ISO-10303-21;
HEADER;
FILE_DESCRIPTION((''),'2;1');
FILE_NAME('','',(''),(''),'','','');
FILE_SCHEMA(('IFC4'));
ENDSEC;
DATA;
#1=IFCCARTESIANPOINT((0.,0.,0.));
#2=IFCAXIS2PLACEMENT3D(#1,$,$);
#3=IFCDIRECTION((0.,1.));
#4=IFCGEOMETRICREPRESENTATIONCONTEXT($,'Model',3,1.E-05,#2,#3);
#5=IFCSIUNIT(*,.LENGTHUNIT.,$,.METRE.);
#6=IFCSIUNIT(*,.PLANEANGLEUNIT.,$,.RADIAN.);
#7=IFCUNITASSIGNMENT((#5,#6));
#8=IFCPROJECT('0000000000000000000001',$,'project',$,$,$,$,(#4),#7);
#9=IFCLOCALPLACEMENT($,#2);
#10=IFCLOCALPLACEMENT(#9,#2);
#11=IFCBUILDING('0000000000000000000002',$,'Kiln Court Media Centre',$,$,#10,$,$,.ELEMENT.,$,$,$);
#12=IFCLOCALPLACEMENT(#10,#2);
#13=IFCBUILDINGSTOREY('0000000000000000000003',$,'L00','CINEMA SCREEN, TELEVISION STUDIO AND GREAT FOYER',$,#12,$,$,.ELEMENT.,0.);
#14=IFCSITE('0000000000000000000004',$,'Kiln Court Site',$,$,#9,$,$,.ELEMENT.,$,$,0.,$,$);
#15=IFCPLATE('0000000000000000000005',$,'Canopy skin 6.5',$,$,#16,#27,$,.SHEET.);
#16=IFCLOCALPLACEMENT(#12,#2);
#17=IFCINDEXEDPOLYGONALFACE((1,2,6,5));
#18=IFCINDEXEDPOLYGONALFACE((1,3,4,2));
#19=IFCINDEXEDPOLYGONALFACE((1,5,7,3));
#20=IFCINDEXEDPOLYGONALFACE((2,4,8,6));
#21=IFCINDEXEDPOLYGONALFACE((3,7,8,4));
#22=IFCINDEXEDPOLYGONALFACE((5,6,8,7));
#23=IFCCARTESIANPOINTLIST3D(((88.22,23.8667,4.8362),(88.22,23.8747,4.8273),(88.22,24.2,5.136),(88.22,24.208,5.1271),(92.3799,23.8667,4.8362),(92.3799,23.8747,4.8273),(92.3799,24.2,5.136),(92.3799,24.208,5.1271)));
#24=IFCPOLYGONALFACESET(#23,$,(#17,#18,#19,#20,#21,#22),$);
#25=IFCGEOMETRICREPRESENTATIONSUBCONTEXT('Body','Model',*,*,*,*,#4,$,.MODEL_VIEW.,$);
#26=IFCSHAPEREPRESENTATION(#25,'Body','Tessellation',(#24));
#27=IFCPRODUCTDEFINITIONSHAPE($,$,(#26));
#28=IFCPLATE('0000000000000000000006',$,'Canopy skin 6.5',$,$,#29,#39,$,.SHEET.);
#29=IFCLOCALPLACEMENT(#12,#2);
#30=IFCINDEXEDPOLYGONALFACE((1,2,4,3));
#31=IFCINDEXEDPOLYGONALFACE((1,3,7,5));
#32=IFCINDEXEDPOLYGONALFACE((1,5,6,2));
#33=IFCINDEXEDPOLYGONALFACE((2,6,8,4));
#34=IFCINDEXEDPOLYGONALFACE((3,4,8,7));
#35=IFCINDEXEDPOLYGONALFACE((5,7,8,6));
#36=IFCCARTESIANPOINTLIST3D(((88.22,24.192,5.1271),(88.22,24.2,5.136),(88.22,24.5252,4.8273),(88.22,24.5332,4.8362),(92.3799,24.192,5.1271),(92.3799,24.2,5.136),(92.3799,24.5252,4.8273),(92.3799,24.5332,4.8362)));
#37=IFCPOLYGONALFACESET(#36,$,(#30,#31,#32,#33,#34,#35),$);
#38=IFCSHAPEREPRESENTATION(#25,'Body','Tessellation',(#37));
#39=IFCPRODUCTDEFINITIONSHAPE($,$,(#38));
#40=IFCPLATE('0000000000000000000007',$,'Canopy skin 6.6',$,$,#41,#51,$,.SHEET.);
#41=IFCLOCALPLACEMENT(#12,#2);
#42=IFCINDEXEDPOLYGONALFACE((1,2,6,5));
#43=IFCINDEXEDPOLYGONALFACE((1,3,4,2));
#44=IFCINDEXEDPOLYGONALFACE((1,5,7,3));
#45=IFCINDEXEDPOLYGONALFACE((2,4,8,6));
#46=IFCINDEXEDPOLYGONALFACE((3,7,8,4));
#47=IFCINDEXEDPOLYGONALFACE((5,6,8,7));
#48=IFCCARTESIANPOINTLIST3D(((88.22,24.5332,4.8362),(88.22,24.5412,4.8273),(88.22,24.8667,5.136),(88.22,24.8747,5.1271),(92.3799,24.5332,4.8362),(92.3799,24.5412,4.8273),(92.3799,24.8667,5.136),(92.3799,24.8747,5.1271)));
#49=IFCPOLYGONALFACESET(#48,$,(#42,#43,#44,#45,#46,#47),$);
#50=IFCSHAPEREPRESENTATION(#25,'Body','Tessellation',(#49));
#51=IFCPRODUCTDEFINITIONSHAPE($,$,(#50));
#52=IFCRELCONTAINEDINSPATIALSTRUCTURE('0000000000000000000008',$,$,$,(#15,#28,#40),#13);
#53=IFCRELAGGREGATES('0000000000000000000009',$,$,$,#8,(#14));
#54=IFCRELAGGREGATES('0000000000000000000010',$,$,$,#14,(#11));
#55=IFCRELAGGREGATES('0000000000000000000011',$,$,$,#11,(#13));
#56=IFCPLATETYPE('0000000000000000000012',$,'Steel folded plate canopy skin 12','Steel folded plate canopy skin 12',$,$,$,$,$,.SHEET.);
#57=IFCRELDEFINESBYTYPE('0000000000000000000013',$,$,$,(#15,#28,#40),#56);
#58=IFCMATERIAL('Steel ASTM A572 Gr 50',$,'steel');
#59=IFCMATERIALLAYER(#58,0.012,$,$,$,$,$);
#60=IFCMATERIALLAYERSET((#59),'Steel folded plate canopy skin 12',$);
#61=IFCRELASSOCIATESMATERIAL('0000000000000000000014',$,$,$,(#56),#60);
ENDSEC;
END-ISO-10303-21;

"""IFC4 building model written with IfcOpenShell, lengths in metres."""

from ifc_helpers import new_model, si_unit, direction, frame, origin, place, context, subcontext, project, spatial, polyline, outline, extrude, material, layer, layer_set, type_object, element, save


model = new_model("IFC4")

# Units and contexts
model_context = context("Model", 3, precision=1e-05, world=origin(), true_north=direction((0.0, 1.0)))
body_context = subcontext(model_context, "Body", "Model", "MODEL_VIEW")
ifc_project = project(units=[si_unit("LENGTHUNIT", "METRE"), si_unit("PLANEANGLEUNIT", "RADIAN")], contexts=[model_context])

# Site, building, storey
site_placement = place(None, origin())
site = spatial("IfcSite", under=ifc_project, at=site_placement, Name="Kiln Court Site", CompositionType="ELEMENT", RefElevation=0.0)
building_placement = place(site_placement, origin())
building = spatial("IfcBuilding", under=site, at=building_placement, Name="Kiln Court Media Centre", CompositionType="ELEMENT")
storey_placement = place(building_placement, origin())
storey = spatial("IfcBuildingStorey", under=building, at=storey_placement, Name="L00", Description="CINEMA SCREEN, TELEVISION STUDIO AND GREAT FOYER", CompositionType="ELEMENT", Elevation=0.0)

# Plates
ifc_material_1 = material(Name="Steel ASTM A572 Gr 50", Category="steel")
ifc_layer_1 = layer(ifc_material_1, 0.012)
ifc_layer_set_1 = layer_set([ifc_layer_1], Name="Steel folded plate canopy skin 12")
plate_type_1 = type_object("IfcPlateType", Name="Steel folded plate canopy skin 12", Description="Steel folded plate canopy skin 12", PredefinedType="SHEET", material=ifc_layer_set_1)
for number, where, z_axis, x_axis, name in (
    (1, (88.22, 23.8667, 4.8362), (0.0, -0.668814, 0.74343), (1.0, 0.0, 0.0), "Canopy skin 6.5"),
    (2, (88.22, 24.2, 5.136), (0.0, 0.668814, 0.74343), (1.0, 0.0, 0.0), "Canopy skin 6.5"),
):
    element("IfcPlate", number, at=place(storey_placement, frame(where, z_axis=z_axis, x_axis=x_axis)), inside=storey, type_object=plate_type_1, Name=name, PredefinedType="SHEET", context=body_context, shape_type="SweptSolid", body=[
        extrude(outline(polyline([(0.0, 0.0), (4.1599, 0.0), (4.1599, 0.4483), (0.0, 0.4483), (0.0, 0.0)])), origin(), (0.0, 0.0, -1.0), 0.012),
    ])
plate_1_placement = place(storey_placement, frame((88.22, 24.5332, 4.8362), z_axis=(0.0, -0.668544, 0.743673), x_axis=(1.0, 0.0, 0.0)))
element("IfcPlate", 3, at=plate_1_placement, inside=storey, type_object=plate_type_1, Name="Canopy skin 6.6", PredefinedType="SHEET", context=body_context, shape_type="SweptSolid", body=[
    extrude(outline(polyline([(0.0, 0.0), (4.1599, 0.0), (4.1599, 0.4484), (0.0, 0.4484), (0.0, 0.0)])), origin(), (0.0, 0.0, -1.0), 0.012),
])

save(model, "model.ifc")
